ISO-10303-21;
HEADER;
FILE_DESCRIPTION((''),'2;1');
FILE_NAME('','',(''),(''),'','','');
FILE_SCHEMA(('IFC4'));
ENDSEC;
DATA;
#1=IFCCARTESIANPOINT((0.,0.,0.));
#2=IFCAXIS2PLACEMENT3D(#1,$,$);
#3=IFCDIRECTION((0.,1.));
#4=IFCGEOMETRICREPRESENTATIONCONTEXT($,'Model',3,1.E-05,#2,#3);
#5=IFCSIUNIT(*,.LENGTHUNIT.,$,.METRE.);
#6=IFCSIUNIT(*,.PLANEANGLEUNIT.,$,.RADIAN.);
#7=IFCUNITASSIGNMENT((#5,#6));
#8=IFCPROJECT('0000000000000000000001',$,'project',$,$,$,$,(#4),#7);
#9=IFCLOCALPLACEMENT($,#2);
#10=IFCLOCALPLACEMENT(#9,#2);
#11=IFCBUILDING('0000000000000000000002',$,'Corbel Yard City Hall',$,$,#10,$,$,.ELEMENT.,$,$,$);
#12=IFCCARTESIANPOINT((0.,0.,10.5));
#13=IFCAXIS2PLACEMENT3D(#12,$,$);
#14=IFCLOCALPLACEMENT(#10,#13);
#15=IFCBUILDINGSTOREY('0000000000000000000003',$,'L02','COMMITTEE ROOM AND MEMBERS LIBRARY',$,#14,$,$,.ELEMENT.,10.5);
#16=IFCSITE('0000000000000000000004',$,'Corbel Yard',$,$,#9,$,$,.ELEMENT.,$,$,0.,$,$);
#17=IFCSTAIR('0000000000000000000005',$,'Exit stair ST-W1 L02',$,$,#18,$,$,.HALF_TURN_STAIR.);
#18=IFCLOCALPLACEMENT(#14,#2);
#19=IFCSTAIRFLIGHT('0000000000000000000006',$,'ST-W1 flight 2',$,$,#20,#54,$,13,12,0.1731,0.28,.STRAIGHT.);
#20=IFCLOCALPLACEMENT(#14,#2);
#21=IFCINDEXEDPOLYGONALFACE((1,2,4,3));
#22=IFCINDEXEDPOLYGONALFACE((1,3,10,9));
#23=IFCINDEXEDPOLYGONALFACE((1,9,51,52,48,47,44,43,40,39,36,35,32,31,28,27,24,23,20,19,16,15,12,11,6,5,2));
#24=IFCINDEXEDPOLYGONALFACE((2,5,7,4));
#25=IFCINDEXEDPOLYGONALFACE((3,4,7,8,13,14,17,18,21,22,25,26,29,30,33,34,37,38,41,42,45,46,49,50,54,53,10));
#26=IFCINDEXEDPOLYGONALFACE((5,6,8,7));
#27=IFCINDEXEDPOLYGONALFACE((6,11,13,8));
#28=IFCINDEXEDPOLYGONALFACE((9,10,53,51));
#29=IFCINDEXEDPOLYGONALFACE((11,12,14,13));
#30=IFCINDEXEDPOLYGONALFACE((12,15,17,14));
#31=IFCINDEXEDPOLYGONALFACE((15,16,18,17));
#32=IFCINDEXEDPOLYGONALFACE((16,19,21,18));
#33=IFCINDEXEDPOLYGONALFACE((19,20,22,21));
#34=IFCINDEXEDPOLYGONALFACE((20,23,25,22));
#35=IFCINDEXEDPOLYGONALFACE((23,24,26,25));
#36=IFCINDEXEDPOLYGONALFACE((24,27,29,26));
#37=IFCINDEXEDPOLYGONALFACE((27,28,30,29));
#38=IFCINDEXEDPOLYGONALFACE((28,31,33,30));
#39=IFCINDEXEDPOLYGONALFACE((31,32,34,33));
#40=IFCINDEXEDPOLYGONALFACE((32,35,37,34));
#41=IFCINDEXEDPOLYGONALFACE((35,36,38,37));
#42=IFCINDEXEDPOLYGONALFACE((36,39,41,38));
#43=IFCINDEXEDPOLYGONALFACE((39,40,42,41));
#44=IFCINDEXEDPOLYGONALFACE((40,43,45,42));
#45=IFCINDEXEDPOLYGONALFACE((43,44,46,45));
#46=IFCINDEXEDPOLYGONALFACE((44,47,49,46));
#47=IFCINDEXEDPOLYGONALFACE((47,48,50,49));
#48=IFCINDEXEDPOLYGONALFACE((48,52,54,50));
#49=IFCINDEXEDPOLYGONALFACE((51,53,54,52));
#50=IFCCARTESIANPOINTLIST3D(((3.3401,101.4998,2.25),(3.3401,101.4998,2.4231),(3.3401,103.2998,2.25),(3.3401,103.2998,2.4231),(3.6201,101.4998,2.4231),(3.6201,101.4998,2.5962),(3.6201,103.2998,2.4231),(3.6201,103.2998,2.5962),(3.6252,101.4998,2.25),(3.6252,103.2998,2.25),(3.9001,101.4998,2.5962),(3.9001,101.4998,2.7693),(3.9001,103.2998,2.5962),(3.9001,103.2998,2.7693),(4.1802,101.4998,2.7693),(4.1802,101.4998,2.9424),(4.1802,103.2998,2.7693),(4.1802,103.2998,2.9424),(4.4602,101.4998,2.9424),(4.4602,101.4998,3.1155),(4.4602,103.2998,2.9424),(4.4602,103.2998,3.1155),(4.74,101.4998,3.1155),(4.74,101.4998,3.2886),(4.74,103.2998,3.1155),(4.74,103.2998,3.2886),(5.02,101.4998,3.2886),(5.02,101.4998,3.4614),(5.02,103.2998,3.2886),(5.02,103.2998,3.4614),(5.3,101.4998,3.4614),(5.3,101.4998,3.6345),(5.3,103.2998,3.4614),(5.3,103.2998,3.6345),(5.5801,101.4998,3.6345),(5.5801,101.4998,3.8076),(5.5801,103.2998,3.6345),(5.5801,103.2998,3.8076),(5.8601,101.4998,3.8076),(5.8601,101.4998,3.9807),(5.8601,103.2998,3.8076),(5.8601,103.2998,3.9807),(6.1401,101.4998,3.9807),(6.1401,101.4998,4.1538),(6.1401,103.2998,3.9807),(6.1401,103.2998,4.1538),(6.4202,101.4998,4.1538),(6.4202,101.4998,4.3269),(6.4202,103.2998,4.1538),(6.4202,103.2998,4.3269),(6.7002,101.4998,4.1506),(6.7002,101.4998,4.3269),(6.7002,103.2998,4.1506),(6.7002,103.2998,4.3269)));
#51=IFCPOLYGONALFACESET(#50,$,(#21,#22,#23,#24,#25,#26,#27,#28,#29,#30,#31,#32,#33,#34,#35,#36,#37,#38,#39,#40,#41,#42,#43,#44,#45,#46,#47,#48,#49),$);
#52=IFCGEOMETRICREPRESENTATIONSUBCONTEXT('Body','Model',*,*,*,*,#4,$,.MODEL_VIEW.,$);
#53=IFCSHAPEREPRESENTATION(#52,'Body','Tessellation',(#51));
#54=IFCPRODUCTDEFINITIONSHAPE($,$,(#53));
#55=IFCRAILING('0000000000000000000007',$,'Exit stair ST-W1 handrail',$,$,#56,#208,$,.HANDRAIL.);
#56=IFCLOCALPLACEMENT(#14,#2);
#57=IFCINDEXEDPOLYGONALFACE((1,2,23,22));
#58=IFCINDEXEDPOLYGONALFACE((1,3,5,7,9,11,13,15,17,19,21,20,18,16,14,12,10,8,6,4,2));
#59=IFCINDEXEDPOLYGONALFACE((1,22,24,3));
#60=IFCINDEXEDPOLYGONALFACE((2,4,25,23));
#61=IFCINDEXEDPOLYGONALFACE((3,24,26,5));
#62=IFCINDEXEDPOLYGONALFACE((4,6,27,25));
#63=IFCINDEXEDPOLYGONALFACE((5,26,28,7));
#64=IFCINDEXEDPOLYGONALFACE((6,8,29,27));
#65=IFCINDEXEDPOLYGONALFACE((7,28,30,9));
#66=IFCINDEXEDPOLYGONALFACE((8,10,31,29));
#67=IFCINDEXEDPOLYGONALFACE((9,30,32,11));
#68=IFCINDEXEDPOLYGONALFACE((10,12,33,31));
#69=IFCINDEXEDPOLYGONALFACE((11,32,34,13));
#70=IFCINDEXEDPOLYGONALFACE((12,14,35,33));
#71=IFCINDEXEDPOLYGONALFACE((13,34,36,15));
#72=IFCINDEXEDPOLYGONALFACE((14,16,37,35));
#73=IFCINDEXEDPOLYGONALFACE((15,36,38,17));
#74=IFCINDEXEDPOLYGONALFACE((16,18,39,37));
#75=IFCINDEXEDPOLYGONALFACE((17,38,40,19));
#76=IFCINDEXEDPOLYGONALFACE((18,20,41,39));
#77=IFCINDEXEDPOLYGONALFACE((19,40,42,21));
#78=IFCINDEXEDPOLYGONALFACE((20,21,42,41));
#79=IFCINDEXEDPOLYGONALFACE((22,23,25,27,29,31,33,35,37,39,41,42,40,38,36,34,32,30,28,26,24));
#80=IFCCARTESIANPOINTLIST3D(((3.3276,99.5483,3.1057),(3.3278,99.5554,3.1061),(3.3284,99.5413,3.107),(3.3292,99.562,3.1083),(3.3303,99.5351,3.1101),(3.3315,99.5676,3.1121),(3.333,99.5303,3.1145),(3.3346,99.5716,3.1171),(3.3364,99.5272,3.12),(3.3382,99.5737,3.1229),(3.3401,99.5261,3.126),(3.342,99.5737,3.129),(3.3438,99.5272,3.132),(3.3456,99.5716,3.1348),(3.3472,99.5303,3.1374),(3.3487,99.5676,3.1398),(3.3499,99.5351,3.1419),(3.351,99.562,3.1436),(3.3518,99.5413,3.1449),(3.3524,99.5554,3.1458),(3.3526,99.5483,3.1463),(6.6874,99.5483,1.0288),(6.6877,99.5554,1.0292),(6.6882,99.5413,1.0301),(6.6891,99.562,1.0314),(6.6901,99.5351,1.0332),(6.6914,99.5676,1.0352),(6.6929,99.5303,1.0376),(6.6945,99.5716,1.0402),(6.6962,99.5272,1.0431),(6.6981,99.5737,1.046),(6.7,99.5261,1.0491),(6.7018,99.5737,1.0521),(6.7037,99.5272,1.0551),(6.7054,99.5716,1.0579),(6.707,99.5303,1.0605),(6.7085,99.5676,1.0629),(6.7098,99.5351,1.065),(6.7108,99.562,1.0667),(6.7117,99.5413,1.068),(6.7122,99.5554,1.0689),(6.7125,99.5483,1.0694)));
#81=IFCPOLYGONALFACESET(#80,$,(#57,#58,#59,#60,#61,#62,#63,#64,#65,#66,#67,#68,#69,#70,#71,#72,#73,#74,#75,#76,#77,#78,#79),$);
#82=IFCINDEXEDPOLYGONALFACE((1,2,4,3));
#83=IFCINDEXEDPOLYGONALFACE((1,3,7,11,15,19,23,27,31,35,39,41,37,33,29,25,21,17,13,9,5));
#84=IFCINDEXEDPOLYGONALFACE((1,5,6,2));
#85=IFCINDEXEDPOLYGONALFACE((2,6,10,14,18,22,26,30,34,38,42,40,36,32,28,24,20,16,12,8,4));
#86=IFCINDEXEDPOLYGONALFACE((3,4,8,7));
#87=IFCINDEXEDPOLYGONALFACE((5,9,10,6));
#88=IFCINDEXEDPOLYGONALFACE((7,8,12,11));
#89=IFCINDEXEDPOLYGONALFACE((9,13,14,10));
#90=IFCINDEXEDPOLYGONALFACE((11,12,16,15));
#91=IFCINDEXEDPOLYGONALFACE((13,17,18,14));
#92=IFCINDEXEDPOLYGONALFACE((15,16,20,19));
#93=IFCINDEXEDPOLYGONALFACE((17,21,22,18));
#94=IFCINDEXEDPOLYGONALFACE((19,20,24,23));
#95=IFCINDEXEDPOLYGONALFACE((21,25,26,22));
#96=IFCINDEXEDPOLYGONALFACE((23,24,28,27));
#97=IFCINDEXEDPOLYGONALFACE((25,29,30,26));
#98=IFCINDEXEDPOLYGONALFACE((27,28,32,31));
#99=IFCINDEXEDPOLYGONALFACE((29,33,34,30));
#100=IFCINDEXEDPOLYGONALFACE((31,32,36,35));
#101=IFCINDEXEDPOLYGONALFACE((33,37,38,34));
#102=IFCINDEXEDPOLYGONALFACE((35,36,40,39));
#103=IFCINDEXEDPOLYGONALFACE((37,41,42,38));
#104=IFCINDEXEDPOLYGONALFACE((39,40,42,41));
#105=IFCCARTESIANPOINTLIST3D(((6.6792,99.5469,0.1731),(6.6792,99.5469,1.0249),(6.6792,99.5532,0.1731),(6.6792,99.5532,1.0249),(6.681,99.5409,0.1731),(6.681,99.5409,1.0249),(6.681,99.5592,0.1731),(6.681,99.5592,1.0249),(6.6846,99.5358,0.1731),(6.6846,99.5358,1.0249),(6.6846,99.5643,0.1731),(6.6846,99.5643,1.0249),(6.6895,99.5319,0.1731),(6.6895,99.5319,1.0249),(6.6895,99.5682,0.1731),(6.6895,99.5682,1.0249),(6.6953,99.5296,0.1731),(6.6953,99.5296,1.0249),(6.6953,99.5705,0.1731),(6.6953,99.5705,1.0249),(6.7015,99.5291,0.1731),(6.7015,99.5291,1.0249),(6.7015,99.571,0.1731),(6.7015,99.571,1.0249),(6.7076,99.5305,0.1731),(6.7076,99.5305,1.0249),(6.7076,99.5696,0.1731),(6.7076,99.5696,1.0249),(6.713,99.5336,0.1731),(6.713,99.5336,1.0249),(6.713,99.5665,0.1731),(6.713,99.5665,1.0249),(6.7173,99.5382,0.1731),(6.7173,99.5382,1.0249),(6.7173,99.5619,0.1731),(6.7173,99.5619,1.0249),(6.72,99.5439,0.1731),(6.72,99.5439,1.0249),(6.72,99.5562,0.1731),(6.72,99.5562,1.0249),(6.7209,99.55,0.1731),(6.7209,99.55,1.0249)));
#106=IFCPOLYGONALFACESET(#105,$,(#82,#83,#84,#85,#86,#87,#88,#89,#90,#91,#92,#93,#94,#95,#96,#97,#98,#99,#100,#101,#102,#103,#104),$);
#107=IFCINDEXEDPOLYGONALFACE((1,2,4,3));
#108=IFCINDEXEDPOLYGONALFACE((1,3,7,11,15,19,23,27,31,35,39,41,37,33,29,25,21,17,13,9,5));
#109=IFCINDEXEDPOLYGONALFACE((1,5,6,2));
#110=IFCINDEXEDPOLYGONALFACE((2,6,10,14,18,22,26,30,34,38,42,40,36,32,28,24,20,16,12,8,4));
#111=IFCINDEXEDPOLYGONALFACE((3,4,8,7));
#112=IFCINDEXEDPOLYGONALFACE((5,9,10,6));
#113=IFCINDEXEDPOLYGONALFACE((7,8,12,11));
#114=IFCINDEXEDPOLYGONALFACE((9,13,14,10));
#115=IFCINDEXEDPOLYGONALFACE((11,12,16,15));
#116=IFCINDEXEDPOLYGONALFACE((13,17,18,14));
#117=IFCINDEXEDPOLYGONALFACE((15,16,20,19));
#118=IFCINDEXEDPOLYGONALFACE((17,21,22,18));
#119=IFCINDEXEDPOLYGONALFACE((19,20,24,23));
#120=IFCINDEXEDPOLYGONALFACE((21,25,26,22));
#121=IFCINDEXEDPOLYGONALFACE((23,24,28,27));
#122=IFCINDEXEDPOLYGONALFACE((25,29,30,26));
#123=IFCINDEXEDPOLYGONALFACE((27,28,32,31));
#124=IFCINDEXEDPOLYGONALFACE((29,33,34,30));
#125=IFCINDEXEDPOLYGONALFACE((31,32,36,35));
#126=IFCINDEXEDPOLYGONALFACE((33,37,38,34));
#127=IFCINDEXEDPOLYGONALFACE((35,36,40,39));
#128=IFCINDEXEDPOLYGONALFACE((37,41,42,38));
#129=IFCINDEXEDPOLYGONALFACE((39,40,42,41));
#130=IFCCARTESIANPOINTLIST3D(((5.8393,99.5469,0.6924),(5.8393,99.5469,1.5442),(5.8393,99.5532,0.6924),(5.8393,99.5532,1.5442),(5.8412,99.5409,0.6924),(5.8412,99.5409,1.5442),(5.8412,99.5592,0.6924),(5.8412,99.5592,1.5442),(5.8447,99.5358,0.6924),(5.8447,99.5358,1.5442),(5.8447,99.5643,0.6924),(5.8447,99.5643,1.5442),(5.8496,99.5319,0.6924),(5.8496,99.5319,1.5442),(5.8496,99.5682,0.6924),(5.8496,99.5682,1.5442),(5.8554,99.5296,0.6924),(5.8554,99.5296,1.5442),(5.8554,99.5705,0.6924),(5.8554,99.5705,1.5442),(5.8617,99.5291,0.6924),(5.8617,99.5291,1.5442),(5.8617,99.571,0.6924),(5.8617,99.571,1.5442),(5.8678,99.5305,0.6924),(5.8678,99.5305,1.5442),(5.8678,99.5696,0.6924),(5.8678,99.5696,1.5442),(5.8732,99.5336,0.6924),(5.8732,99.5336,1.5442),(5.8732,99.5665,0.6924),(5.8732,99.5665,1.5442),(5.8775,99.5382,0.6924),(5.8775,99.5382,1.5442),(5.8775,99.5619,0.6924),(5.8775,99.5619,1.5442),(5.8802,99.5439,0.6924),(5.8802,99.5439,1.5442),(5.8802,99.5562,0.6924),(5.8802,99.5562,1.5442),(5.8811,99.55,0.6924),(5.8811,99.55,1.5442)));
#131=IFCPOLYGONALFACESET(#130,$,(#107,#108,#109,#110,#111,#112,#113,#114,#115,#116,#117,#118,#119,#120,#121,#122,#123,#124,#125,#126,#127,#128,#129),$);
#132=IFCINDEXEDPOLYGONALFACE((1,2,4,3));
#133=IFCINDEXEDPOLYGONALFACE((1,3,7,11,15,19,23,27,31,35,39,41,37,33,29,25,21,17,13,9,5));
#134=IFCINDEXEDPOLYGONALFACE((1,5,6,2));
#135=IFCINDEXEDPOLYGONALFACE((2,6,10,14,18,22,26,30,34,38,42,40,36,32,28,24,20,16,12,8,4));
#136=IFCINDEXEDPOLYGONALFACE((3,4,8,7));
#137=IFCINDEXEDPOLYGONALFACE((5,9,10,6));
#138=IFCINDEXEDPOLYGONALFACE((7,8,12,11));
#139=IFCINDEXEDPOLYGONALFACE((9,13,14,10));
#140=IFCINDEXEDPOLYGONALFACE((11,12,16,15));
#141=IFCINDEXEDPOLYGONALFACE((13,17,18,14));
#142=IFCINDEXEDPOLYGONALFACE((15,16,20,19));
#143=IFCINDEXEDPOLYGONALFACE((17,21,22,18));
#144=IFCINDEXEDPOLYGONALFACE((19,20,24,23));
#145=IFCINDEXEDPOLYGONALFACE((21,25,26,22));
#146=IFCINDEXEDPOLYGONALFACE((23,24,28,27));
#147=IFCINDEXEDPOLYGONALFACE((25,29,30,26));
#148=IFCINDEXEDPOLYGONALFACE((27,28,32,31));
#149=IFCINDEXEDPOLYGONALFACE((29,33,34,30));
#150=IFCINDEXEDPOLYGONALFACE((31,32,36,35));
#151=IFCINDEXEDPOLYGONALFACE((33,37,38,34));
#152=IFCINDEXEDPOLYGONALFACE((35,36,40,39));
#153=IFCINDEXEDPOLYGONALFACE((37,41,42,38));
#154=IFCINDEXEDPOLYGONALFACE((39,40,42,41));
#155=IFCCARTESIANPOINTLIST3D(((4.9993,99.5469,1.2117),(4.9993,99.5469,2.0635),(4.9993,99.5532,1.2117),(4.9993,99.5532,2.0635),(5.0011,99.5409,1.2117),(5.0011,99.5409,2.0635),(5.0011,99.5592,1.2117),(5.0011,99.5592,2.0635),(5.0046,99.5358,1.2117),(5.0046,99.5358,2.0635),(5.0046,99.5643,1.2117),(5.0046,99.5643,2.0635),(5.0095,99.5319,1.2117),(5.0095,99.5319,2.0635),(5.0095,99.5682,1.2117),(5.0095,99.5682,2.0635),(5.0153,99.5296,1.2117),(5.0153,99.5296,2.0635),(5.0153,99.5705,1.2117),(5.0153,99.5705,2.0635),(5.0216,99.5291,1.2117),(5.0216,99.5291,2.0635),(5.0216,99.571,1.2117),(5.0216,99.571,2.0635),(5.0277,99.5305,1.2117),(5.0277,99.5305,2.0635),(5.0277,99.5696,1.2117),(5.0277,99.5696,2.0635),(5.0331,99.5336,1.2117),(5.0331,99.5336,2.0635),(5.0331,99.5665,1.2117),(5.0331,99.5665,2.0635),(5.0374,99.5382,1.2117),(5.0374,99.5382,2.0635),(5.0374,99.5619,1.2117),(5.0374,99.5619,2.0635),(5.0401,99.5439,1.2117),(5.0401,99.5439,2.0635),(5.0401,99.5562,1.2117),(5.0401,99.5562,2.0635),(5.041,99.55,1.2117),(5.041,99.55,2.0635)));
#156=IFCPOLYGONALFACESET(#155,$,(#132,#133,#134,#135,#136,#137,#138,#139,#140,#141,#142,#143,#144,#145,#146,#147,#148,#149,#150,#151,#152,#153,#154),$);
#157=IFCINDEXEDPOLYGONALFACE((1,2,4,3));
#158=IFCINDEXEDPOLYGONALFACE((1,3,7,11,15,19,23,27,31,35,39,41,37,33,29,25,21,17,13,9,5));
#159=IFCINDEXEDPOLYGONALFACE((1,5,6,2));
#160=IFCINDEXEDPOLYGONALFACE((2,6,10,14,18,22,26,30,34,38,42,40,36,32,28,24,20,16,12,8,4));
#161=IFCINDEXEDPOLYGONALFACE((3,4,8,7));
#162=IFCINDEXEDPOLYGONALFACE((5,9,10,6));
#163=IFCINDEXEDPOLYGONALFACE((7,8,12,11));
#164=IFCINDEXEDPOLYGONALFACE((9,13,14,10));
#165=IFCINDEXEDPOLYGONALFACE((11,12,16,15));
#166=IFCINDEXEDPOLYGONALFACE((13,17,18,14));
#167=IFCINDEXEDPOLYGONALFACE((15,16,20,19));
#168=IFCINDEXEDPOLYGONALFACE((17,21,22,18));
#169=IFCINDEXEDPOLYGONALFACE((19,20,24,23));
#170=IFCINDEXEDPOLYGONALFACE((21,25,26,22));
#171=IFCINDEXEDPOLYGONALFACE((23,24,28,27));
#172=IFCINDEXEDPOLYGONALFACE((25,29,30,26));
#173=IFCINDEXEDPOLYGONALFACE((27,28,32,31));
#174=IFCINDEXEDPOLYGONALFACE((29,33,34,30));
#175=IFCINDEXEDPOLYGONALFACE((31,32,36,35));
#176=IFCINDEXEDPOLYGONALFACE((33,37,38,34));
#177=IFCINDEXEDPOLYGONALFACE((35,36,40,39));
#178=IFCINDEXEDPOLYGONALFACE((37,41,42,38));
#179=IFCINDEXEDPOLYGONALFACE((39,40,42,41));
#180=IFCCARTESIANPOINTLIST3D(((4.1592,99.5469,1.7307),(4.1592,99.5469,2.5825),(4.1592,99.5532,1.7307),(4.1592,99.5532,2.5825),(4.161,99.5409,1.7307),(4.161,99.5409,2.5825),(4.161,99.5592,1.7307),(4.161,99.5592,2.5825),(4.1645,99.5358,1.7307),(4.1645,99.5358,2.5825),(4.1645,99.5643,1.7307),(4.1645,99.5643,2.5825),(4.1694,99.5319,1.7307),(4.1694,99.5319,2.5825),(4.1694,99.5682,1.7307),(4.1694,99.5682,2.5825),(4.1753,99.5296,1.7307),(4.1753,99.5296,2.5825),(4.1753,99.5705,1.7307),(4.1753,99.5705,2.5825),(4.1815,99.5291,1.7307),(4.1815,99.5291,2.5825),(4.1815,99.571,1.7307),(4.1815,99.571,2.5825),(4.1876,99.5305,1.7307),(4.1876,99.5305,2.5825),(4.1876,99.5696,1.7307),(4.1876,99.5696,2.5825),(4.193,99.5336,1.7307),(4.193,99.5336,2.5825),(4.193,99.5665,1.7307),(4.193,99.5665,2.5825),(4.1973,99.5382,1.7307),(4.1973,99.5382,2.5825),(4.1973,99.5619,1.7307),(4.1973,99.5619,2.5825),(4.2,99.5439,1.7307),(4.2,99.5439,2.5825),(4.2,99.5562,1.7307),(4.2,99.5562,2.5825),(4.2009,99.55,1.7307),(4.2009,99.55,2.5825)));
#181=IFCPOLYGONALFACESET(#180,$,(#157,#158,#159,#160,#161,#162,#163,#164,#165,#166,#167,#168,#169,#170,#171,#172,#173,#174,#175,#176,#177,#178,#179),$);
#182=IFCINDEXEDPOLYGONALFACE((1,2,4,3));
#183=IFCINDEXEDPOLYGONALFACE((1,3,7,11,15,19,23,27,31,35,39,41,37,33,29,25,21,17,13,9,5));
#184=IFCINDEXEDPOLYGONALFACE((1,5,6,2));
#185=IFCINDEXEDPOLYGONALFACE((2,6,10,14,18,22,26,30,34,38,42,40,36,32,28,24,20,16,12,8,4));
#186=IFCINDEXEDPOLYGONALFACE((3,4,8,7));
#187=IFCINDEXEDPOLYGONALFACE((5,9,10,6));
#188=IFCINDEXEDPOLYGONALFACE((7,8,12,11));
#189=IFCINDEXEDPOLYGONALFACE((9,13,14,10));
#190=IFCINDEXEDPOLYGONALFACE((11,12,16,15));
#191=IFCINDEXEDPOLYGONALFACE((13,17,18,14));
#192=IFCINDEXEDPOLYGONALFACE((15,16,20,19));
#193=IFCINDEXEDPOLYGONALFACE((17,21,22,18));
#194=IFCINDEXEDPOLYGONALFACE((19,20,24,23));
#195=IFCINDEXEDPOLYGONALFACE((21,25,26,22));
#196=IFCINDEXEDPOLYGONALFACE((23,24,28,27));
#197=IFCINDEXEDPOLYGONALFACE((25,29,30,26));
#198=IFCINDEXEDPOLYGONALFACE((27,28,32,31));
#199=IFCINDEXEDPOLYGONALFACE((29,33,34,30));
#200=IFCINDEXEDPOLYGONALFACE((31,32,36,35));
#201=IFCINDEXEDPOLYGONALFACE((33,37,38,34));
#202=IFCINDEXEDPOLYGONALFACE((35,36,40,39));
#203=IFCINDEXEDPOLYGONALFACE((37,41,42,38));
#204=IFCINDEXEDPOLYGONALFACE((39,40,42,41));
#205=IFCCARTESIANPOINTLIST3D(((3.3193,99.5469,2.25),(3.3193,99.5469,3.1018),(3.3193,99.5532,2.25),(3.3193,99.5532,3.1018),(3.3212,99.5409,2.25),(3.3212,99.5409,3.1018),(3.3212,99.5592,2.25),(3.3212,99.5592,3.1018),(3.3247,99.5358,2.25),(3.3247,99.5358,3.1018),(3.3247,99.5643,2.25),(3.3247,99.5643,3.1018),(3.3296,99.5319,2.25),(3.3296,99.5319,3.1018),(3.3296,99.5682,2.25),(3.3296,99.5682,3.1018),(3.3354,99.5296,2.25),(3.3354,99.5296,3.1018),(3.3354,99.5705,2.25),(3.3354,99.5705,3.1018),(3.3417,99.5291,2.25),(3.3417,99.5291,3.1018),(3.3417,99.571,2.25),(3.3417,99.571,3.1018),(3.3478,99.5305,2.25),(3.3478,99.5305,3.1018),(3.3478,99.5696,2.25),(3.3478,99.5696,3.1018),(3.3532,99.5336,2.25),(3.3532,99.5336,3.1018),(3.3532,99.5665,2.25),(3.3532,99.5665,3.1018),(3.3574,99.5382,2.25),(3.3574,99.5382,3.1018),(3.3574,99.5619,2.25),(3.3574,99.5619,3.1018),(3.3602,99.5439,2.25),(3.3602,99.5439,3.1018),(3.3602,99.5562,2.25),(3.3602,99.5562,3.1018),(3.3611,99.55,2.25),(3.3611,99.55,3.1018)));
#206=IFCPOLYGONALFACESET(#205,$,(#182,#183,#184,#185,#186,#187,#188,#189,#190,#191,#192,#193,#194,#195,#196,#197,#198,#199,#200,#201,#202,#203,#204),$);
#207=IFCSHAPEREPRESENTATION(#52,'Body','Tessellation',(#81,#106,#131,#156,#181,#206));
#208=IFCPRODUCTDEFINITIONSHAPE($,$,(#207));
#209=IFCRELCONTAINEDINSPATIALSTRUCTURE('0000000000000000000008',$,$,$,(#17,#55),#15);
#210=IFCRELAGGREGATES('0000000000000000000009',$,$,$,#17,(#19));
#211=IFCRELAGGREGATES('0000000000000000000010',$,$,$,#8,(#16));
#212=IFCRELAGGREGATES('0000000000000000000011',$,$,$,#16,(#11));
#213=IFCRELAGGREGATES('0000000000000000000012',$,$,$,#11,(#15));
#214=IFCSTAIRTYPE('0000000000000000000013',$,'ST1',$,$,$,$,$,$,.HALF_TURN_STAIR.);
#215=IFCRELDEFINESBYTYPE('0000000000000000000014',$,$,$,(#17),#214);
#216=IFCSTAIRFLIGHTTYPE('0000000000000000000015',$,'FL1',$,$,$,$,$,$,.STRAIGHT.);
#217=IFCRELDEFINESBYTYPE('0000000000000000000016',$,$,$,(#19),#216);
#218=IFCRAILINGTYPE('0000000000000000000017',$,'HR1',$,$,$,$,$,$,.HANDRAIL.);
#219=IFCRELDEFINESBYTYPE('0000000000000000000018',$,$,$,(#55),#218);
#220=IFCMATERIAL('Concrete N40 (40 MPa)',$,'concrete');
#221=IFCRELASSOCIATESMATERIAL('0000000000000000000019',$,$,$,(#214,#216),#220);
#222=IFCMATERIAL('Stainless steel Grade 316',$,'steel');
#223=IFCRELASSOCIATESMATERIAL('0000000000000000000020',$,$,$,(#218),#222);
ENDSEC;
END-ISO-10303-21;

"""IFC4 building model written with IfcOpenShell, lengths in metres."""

from ifc_helpers import new_model, si_unit, direction, frame, origin, origin_2d, place, context, subcontext, project, spatial, polyline, circle, outline, extrude, material, type_object, element, aggregate, save


model = new_model("IFC4")

# Units and contexts
model_context = context("Model", 3, precision=1e-05, world=origin(), true_north=direction((0.0, 1.0)))
body_context = subcontext(model_context, "Body", "Model", "MODEL_VIEW")
ifc_project = project(units=[si_unit("LENGTHUNIT", "METRE"), si_unit("PLANEANGLEUNIT", "RADIAN")], contexts=[model_context])

# Site, building, storey
site_placement = place(None, origin())
site = spatial("IfcSite", under=ifc_project, at=site_placement, Name="Corbel Yard", CompositionType="ELEMENT", RefElevation=0.0)
building_placement = place(site_placement, origin())
building = spatial("IfcBuilding", under=site, at=building_placement, Name="Corbel Yard City Hall", CompositionType="ELEMENT")
storey_placement = place(building_placement, frame((0.0, 0.0, 10.5)))
storey = spatial("IfcBuildingStorey", under=building, at=storey_placement, Name="L02", Description="COMMITTEE ROOM AND MEMBERS LIBRARY", CompositionType="ELEMENT", Elevation=10.5)

# Shared definitions
ifc_material_1 = material(Name="Concrete N40 (40 MPa)", Category="concrete")

# Shared definitions
ifc_material_2 = material(Name="Stainless steel Grade 316", Category="steel")

# Stair, stair flight
stair_type = type_object("IfcStairType", Name="ST1", PredefinedType="HALF_TURN_STAIR", material=ifc_material_1)
stair_placement = place(storey_placement, origin())
stair = element("IfcStair", 1, at=stair_placement, inside=storey, type_object=stair_type, Name="Exit stair ST-W1 L02", PredefinedType="HALF_TURN_STAIR")
stair_flight_type = type_object("IfcStairFlightType", Name="FL1", PredefinedType="STRAIGHT", material=ifc_material_1)
stair_flight_1_placement = place(storey_placement, frame((3.3401, 102.3999, 2.25), z_axis=(0.0, 0.0, 1.0), x_axis=(1.0, 0.0, 0.0)))
stair_flight_1 = element("IfcStairFlight", 2, at=stair_flight_1_placement, type_object=stair_flight_type, Name="ST-W1 flight 2", NumberOfRisers=13, NumberOfTreads=12, PredefinedType="STRAIGHT", RiserHeight=0.1731, TreadLength=0.28, context=body_context, shape_type="SweptSolid", body=[
    extrude(outline(polyline([(0.0, 0.0), (0.0, 0.1731), (0.28, 0.1731), (0.28, 0.3462), (0.5601, 0.3462), (0.5601, 0.5193), (0.8401, 0.5193), (0.8401, 0.6924), (1.1201, 0.6924), (1.1201, 0.8655), (1.3999, 0.8655), (1.3999, 1.0386), (1.6799, 1.0386), (1.6799, 1.2114), (1.96, 1.2114), (1.96, 1.3845), (2.24, 1.3845), (2.24, 1.5576), (2.52, 1.5576), (2.52, 1.7307), (2.8, 1.7307), (2.8, 1.9038), (3.0801, 1.9038), (3.0801, 2.0769), (3.3601, 2.0769), (3.3601, 2.25), (3.3601, 1.9006), (0.2852, 0.0), (0.0, 0.0)])), frame((0.0, 0.8999, 0.0), z_axis=(0.0, -1.0, 0.0), x_axis=(1.0, 0.0, 0.0)), (0.0, 0.0, 1.0), 1.8),
])
aggregate(stair, [stair_flight_1])

# Railing
railing_type = type_object("IfcRailingType", Name="HR1", PredefinedType="HANDRAIL", material=ifc_material_2)
for number, where, name in (
    (3, (6.7, 99.55, 0.1731), "Exit stair ST-W1 handrail"),
):
    element("IfcRailing", number, at=place(storey_placement, frame(where)), inside=storey, type_object=railing_type, Name=name, PredefinedType="HANDRAIL", context=body_context, shape_type="SweptSolid", body=[
        extrude(circle(Radius=0.0239, at=origin_2d()), frame((0.0, 0.0, 0.876), z_axis=(-0.850606, 0.0, 0.525803), x_axis=(0.0, -1.0, 0.0)), (0.0, 0.0, 1.0), 3.95),
        extrude(circle(Radius=0.021, at=origin_2d()), origin(), (0.0, 0.0, 1.0), 0.8518),
        extrude(circle(Radius=0.021, at=origin_2d()), frame((-0.8398, 0.0, 0.5193)), (0.0, 0.0, 1.0), 0.8518),
        extrude(circle(Radius=0.021, at=origin_2d()), frame((-1.6799, 0.0, 1.0386)), (0.0, 0.0, 1.0), 0.8518),
        extrude(circle(Radius=0.021, at=origin_2d()), frame((-2.52, 0.0, 1.5576)), (0.0, 0.0, 1.0), 0.8518),
        extrude(circle(Radius=0.021, at=origin_2d()), frame((-3.3599, 0.0, 2.0769)), (0.0, 0.0, 1.0), 0.8518),
    ])

save(model, "model.ifc")
